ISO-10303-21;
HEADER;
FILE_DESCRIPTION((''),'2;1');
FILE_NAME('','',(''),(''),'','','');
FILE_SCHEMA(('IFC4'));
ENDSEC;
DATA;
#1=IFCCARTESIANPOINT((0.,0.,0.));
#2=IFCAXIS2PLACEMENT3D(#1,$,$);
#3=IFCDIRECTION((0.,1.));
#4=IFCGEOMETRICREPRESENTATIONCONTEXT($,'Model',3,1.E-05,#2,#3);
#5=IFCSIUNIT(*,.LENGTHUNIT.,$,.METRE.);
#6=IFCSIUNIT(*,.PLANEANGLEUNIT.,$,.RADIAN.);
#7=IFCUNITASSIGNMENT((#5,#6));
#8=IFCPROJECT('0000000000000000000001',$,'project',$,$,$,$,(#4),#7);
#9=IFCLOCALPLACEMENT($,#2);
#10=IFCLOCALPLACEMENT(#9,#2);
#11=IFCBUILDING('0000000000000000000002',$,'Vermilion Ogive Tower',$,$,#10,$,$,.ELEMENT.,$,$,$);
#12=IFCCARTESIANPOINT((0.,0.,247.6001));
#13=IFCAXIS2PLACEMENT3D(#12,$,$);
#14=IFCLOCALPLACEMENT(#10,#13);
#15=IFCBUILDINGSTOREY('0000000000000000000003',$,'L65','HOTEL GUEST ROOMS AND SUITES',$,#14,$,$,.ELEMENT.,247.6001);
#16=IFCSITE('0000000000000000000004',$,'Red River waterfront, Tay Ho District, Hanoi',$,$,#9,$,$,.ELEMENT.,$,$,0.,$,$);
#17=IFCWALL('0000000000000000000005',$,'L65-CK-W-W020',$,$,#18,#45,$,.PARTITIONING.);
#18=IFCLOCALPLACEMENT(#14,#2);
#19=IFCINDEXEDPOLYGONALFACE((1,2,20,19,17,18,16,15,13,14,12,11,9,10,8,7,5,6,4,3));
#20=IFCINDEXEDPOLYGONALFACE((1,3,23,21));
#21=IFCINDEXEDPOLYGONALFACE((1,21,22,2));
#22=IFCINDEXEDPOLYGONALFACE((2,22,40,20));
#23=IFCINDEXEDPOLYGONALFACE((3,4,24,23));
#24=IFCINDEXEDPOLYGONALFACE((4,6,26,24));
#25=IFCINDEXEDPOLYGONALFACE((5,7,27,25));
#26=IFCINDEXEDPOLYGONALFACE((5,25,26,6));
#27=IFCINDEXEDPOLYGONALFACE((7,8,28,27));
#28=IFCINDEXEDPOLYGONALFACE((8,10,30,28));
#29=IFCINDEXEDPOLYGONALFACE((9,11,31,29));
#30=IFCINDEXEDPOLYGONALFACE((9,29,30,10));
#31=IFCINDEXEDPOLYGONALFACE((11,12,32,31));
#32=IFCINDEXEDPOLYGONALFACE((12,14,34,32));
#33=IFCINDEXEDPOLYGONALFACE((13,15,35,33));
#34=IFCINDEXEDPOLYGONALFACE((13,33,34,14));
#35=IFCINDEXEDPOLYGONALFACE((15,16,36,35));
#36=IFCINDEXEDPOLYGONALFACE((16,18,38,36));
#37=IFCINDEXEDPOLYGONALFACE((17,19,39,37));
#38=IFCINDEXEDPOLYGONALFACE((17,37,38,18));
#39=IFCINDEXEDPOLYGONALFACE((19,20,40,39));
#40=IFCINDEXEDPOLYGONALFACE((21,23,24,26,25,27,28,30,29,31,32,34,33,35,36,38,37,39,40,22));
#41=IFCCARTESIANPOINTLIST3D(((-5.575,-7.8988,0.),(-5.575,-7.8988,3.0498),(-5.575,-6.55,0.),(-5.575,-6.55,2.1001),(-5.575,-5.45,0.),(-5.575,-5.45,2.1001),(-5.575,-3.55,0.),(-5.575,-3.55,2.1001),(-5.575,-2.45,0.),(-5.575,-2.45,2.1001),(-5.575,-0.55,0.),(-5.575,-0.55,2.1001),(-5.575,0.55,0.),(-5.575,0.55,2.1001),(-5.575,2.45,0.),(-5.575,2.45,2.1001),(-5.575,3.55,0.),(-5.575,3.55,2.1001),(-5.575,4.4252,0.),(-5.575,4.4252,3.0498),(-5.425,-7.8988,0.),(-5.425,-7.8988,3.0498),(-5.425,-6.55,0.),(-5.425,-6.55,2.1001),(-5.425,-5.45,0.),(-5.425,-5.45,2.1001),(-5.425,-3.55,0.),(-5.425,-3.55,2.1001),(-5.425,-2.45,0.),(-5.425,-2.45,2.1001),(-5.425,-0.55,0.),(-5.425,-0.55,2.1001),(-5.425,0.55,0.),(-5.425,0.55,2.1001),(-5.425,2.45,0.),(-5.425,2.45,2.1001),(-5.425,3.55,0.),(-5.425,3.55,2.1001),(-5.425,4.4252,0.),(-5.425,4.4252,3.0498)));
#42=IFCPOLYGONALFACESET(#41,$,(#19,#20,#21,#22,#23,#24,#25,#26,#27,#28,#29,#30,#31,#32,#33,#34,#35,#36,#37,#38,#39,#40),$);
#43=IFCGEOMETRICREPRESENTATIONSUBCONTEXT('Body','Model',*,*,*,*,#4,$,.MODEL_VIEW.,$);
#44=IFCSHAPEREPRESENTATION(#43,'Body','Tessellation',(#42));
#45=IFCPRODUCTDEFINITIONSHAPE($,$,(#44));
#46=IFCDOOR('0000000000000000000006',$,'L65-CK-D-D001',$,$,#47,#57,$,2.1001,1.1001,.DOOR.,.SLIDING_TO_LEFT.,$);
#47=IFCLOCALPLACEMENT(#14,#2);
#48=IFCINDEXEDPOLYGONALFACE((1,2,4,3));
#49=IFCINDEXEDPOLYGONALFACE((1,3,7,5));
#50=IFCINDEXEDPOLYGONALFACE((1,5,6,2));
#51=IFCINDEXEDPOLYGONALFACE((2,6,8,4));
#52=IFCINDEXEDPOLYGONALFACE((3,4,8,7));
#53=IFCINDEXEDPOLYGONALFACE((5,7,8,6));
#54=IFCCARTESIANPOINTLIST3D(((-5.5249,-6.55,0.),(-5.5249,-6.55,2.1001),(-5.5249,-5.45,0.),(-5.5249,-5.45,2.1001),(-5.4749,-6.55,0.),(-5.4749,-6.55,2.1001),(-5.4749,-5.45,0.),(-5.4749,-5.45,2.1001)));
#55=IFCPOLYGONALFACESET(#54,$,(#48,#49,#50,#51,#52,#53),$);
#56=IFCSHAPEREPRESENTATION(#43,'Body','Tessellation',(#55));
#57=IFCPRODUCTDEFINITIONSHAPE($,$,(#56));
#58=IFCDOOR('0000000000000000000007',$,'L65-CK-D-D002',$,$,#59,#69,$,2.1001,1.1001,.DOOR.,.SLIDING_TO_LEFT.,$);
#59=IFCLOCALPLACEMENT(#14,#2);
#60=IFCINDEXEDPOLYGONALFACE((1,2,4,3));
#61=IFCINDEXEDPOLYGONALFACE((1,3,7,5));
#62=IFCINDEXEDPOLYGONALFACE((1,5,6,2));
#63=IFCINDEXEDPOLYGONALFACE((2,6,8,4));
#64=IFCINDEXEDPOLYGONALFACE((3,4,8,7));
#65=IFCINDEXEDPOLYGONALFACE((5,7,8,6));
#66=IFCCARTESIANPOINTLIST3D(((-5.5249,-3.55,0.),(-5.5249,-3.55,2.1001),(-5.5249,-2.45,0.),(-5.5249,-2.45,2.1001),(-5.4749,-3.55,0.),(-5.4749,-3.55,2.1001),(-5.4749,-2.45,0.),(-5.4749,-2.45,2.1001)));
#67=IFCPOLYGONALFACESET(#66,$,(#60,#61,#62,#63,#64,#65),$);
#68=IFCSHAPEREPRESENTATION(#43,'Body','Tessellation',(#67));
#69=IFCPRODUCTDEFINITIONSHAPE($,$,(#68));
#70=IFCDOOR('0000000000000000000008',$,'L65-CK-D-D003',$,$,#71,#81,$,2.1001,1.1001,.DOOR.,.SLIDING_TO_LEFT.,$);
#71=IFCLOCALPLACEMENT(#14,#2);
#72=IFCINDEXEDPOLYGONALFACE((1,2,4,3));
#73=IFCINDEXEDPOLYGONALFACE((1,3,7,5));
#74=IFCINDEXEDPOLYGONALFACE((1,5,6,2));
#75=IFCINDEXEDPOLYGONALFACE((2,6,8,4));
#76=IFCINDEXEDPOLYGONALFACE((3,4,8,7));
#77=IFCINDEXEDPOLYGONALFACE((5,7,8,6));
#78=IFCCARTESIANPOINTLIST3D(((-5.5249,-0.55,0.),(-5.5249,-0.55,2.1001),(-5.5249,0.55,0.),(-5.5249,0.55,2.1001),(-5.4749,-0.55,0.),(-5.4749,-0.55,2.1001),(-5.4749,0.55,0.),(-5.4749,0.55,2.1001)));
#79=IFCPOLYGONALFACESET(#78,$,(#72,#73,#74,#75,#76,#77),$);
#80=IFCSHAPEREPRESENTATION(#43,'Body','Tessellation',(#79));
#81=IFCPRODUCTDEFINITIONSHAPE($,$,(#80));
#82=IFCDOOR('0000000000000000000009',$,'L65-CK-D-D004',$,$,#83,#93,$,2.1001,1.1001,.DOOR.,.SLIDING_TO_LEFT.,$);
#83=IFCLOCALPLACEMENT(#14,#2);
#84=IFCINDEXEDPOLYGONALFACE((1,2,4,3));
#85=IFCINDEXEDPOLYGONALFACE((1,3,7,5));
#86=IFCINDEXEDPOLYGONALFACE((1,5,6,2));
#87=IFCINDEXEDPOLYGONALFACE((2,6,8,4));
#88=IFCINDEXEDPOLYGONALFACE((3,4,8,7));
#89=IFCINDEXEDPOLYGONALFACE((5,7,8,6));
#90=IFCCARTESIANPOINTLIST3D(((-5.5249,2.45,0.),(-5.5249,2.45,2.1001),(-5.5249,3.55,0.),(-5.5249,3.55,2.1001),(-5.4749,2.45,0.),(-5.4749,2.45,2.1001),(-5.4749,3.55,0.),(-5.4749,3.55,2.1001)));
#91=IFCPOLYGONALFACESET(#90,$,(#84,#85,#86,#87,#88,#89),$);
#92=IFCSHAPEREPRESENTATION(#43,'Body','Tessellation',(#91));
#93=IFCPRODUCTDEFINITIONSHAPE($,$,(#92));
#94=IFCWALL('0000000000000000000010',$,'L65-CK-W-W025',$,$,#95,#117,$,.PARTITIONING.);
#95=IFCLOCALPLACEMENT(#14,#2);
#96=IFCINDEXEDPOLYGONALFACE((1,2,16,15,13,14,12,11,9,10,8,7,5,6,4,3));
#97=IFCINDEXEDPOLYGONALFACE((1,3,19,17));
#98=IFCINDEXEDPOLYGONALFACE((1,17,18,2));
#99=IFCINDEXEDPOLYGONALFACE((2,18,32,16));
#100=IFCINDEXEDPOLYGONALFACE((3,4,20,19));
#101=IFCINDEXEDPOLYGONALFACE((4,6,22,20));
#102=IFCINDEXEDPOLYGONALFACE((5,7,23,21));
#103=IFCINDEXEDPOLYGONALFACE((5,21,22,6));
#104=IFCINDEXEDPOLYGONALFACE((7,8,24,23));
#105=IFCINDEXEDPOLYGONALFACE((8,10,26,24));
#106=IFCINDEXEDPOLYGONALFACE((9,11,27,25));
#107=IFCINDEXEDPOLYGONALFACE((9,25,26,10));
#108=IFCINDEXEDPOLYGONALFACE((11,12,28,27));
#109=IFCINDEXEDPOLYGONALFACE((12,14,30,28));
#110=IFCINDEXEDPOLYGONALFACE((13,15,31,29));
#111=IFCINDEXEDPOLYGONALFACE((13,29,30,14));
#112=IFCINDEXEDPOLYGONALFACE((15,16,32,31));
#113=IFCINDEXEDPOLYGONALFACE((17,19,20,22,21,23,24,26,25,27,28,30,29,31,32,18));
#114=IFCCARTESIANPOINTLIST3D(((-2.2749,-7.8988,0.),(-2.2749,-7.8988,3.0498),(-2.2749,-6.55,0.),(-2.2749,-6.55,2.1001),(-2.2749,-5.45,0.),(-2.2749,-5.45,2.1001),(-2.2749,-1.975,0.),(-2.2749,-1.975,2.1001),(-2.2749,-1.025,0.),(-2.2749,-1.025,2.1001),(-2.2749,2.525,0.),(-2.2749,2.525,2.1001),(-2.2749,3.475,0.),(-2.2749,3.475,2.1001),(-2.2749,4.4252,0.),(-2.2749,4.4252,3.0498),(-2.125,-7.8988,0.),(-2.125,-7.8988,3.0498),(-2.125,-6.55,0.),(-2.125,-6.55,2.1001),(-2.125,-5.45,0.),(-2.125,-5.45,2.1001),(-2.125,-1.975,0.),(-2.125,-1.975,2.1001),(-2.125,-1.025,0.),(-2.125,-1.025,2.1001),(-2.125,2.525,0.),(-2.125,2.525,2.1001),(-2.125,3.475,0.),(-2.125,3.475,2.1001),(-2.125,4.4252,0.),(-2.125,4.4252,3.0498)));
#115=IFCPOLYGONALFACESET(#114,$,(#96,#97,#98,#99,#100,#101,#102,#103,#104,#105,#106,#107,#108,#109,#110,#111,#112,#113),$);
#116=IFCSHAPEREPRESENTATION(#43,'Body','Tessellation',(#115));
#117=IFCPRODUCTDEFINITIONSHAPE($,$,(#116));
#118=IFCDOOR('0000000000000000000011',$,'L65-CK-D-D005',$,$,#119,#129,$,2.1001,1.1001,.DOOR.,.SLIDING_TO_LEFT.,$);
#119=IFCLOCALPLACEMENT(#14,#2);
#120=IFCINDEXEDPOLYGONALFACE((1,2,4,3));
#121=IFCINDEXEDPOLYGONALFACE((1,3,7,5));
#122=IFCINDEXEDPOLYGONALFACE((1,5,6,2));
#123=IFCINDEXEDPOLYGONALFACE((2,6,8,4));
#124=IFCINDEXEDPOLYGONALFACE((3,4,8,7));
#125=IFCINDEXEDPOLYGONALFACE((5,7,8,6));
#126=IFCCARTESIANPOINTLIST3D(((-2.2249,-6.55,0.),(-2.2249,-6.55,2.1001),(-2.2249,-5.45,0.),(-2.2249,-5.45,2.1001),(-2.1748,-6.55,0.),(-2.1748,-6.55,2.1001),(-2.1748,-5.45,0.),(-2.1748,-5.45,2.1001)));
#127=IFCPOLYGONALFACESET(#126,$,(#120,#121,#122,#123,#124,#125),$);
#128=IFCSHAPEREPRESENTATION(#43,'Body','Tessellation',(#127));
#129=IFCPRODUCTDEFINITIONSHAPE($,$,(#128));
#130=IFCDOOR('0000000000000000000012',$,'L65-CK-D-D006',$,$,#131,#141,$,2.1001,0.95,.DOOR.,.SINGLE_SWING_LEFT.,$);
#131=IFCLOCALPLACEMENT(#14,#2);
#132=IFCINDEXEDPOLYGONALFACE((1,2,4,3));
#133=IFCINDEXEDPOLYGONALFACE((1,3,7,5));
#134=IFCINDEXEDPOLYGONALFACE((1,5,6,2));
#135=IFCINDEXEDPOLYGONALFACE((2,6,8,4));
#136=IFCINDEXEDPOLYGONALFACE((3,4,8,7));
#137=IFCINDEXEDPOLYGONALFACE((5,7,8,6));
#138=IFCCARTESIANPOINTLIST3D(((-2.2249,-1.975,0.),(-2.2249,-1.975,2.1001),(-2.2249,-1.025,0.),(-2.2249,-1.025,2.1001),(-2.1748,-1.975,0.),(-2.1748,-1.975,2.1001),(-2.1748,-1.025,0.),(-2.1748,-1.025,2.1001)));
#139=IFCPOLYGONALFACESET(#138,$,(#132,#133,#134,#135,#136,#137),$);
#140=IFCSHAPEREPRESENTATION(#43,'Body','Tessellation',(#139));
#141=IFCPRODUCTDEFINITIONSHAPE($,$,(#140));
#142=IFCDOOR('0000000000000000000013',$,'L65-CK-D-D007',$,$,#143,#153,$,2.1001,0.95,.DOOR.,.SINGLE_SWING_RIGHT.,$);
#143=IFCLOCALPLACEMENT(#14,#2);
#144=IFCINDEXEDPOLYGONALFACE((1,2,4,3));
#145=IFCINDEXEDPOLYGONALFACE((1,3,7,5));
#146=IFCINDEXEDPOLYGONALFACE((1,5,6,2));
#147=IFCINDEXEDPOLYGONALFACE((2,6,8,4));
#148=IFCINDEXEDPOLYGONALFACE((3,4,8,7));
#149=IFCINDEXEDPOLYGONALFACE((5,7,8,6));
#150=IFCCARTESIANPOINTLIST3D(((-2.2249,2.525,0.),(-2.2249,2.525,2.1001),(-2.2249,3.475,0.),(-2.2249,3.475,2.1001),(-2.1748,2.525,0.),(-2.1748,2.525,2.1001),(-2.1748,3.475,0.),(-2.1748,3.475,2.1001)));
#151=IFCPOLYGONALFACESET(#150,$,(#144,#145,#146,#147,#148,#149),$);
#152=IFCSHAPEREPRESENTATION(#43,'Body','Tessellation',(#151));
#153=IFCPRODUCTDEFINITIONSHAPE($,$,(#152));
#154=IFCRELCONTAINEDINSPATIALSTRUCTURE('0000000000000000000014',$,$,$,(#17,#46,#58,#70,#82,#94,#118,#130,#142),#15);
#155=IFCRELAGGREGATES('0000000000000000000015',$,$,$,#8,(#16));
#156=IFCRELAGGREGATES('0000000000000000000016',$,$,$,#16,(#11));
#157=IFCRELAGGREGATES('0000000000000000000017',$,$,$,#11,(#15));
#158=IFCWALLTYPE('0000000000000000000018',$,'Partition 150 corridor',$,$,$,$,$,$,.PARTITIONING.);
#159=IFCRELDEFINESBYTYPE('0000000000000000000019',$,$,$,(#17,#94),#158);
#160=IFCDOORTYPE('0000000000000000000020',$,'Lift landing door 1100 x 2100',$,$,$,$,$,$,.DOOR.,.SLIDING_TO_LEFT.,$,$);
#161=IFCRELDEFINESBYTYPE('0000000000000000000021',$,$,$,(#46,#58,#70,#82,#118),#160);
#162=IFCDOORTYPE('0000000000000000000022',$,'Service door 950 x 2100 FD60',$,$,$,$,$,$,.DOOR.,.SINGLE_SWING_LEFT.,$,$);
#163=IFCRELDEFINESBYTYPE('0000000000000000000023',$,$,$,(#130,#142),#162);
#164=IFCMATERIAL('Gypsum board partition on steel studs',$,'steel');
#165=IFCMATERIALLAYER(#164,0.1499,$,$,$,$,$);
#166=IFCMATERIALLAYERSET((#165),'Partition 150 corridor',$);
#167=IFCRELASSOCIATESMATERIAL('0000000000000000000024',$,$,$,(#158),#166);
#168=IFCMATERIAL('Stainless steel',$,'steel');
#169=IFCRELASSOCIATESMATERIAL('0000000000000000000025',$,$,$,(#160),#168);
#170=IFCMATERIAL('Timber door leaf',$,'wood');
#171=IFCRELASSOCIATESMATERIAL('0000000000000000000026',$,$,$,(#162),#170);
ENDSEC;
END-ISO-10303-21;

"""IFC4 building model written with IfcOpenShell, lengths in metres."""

from ifc_helpers import new_model, si_unit, direction, frame, frame_2d, origin, place, context, subcontext, project, spatial, rectangle, extrude, material, layer, layer_set, type_object, element, fill, save


model = new_model("IFC4")

# Units and contexts
model_context = context("Model", 3, precision=1e-05, world=origin(), true_north=direction((0.0, 1.0)))
body_context = subcontext(model_context, "Body", "Model", "MODEL_VIEW")
ifc_project = project(units=[si_unit("LENGTHUNIT", "METRE"), si_unit("PLANEANGLEUNIT", "RADIAN")], contexts=[model_context])

# Site, building, storey
site_placement = place(None, origin())
site = spatial("IfcSite", under=ifc_project, at=site_placement, Name="Red River waterfront, Tay Ho District, Hanoi", CompositionType="ELEMENT", RefElevation=0.0)
building_placement = place(site_placement, origin())
building = spatial("IfcBuilding", under=site, at=building_placement, Name="Vermilion Ogive Tower", CompositionType="ELEMENT")
storey_placement = place(building_placement, frame((0.0, 0.0, 247.6001)))
storey = spatial("IfcBuildingStorey", under=building, at=storey_placement, Name="L65", Description="HOTEL GUEST ROOMS AND SUITES", CompositionType="ELEMENT", Elevation=247.6001)

# Walls, openings, doors
ifc_material_1 = material(Name="Gypsum board partition on steel studs", Category="steel")
ifc_layer_1 = layer(ifc_material_1, 0.1499)
ifc_layer_set_1 = layer_set([ifc_layer_1], Name="Partition 150 corridor")
wall_type_1 = type_object("IfcWallType", Name="Partition 150 corridor", PredefinedType="PARTITIONING", material=ifc_layer_set_1)
wall_1_placement = place(storey_placement, frame((-5.5, -7.8989, 0.0), z_axis=(0.0, 0.0, 1.0), x_axis=(0.0, 1.0, 0.0)))
wall_1 = element("IfcWall", 1, at=wall_1_placement, inside=storey, type_object=wall_type_1, Name="L65-CK-W-W020", PredefinedType="PARTITIONING", context=body_context, shape_type="SweptSolid", body=[
    extrude(rectangle(XDim=12.324, YDim=0.1499, at=frame_2d((6.1621, 0.0))), origin(), (0.0, 0.0, 1.0), 3.0498),
])
opening_1_placement = place(wall_1_placement, frame((1.3489, 0.0, 0.0)))
opening_1 = element("IfcOpeningElement", 2, at=opening_1_placement, cuts=wall_1, PredefinedType="OPENING", context=body_context, shape_type="SweptSolid", body=[
    extrude(rectangle(XDim=1.1001, YDim=2.1001, at=frame_2d((0.55, 1.05))), frame((0.0, 0.085, 0.0), z_axis=(0.0, -1.0, 0.0), x_axis=(1.0, 0.0, 0.0)), (0.0, 0.0, 1.0), 0.1699),
])
opening_2_placement = place(wall_1_placement, frame((4.3489, 0.0, 0.0)))
opening_2 = element("IfcOpeningElement", 3, at=opening_2_placement, cuts=wall_1, PredefinedType="OPENING", context=body_context, shape_type="SweptSolid", body=[
    extrude(rectangle(XDim=1.1001, YDim=2.1001, at=frame_2d((0.55, 1.05))), frame((0.0, 0.085, 0.0), z_axis=(0.0, -1.0, 0.0), x_axis=(1.0, 0.0, 0.0)), (0.0, 0.0, 1.0), 0.1699),
])
opening_3_placement = place(wall_1_placement, frame((7.3489, 0.0, 0.0)))
opening_3 = element("IfcOpeningElement", 4, at=opening_3_placement, cuts=wall_1, PredefinedType="OPENING", context=body_context, shape_type="SweptSolid", body=[
    extrude(rectangle(XDim=1.1001, YDim=2.1001, at=frame_2d((0.55, 1.05))), frame((0.0, 0.085, 0.0), z_axis=(0.0, -1.0, 0.0), x_axis=(1.0, 0.0, 0.0)), (0.0, 0.0, 1.0), 0.1699),
])
opening_4_placement = place(wall_1_placement, frame((10.3489, 0.0, 0.0)))
opening_4 = element("IfcOpeningElement", 5, at=opening_4_placement, cuts=wall_1, PredefinedType="OPENING", context=body_context, shape_type="SweptSolid", body=[
    extrude(rectangle(XDim=1.1001, YDim=2.1001, at=frame_2d((0.55, 1.05))), frame((0.0, 0.085, 0.0), z_axis=(0.0, -1.0, 0.0), x_axis=(1.0, 0.0, 0.0)), (0.0, 0.0, 1.0), 0.1699),
])
ifc_material_2 = material(Name="Stainless steel", Category="steel")
door_type_1 = type_object("IfcDoorType", Name="Lift landing door 1100 x 2100", OperationType="SLIDING_TO_LEFT", PredefinedType="DOOR", material=ifc_material_2)
door_1_placement = place(opening_1_placement, origin())
door_1 = element("IfcDoor", 6, at=door_1_placement, inside=storey, type_object=door_type_1, Name="L65-CK-D-D001", OperationType="SLIDING_TO_LEFT", OverallHeight=2.1001, OverallWidth=1.1001, PredefinedType="DOOR", context=body_context, shape_type="SweptSolid", body=[
    extrude(rectangle(XDim=1.1001, YDim=2.1001, at=frame_2d((0.55, 1.05))), frame((0.0, 0.0249, 0.0), z_axis=(0.0, -1.0, 0.0), x_axis=(1.0, 0.0, 0.0)), (0.0, 0.0, 1.0), 0.05),
])
fill(opening_1, door_1)
door_2_placement = place(opening_2_placement, origin())
door_2 = element("IfcDoor", 7, at=door_2_placement, inside=storey, type_object=door_type_1, Name="L65-CK-D-D002", OperationType="SLIDING_TO_LEFT", OverallHeight=2.1001, OverallWidth=1.1001, PredefinedType="DOOR", context=body_context, shape_type="SweptSolid", body=[
    extrude(rectangle(XDim=1.1001, YDim=2.1001, at=frame_2d((0.55, 1.05))), frame((0.0, 0.0249, 0.0), z_axis=(0.0, -1.0, 0.0), x_axis=(1.0, 0.0, 0.0)), (0.0, 0.0, 1.0), 0.05),
])
fill(opening_2, door_2)
door_3_placement = place(opening_3_placement, origin())
door_3 = element("IfcDoor", 8, at=door_3_placement, inside=storey, type_object=door_type_1, Name="L65-CK-D-D003", OperationType="SLIDING_TO_LEFT", OverallHeight=2.1001, OverallWidth=1.1001, PredefinedType="DOOR", context=body_context, shape_type="SweptSolid", body=[
    extrude(rectangle(XDim=1.1001, YDim=2.1001, at=frame_2d((0.55, 1.05))), frame((0.0, 0.0249, 0.0), z_axis=(0.0, -1.0, 0.0), x_axis=(1.0, 0.0, 0.0)), (0.0, 0.0, 1.0), 0.05),
])
fill(opening_3, door_3)
door_4_placement = place(opening_4_placement, origin())
door_4 = element("IfcDoor", 9, at=door_4_placement, inside=storey, type_object=door_type_1, Name="L65-CK-D-D004", OperationType="SLIDING_TO_LEFT", OverallHeight=2.1001, OverallWidth=1.1001, PredefinedType="DOOR", context=body_context, shape_type="SweptSolid", body=[
    extrude(rectangle(XDim=1.1001, YDim=2.1001, at=frame_2d((0.55, 1.05))), frame((0.0, 0.0249, 0.0), z_axis=(0.0, -1.0, 0.0), x_axis=(1.0, 0.0, 0.0)), (0.0, 0.0, 1.0), 0.05),
])
fill(opening_4, door_4)
wall_2_placement = place(storey_placement, frame((-2.2, -7.8989, 0.0), z_axis=(0.0, 0.0, 1.0), x_axis=(0.0, 1.0, 0.0)))
wall_2 = element("IfcWall", 10, at=wall_2_placement, inside=storey, type_object=wall_type_1, Name="L65-CK-W-W025", PredefinedType="PARTITIONING", context=body_context, shape_type="SweptSolid", body=[
    extrude(rectangle(XDim=12.324, YDim=0.1499, at=frame_2d((6.1621, 0.0))), origin(), (0.0, 0.0, 1.0), 3.0498),
])
opening_5_placement = place(wall_2_placement, frame((1.3489, 0.0, 0.0)))
opening_5 = element("IfcOpeningElement", 11, at=opening_5_placement, cuts=wall_2, PredefinedType="OPENING", context=body_context, shape_type="SweptSolid", body=[
    extrude(rectangle(XDim=1.1001, YDim=2.1001, at=frame_2d((0.55, 1.05))), frame((0.0, 0.085, 0.0), z_axis=(0.0, -1.0, 0.0), x_axis=(1.0, 0.0, 0.0)), (0.0, 0.0, 1.0), 0.1699),
])
opening_6_placement = place(wall_2_placement, frame((5.9238, 0.0, 0.0)))
opening_6 = element("IfcOpeningElement", 12, at=opening_6_placement, cuts=wall_2, PredefinedType="OPENING", context=body_context, shape_type="SweptSolid", body=[
    extrude(rectangle(XDim=0.95, YDim=2.1001, at=frame_2d((0.4751, 1.05))), frame((0.0, 0.085, 0.0), z_axis=(0.0, -1.0, 0.0), x_axis=(1.0, 0.0, 0.0)), (0.0, 0.0, 1.0), 0.1699),
])
opening_7_placement = place(wall_2_placement, frame((10.4238, 0.0, 0.0)))
opening_7 = element("IfcOpeningElement", 13, at=opening_7_placement, cuts=wall_2, PredefinedType="OPENING", context=body_context, shape_type="SweptSolid", body=[
    extrude(rectangle(XDim=0.95, YDim=2.1001, at=frame_2d((0.4751, 1.05))), frame((0.0, 0.085, 0.0), z_axis=(0.0, -1.0, 0.0), x_axis=(1.0, 0.0, 0.0)), (0.0, 0.0, 1.0), 0.1699),
])
door_5_placement = place(opening_5_placement, origin())
door_5 = element("IfcDoor", 14, at=door_5_placement, inside=storey, type_object=door_type_1, Name="L65-CK-D-D005", OperationType="SLIDING_TO_LEFT", OverallHeight=2.1001, OverallWidth=1.1001, PredefinedType="DOOR", context=body_context, shape_type="SweptSolid", body=[
    extrude(rectangle(XDim=1.1001, YDim=2.1001, at=frame_2d((0.55, 1.05))), frame((0.0, 0.0249, 0.0), z_axis=(0.0, -1.0, 0.0), x_axis=(1.0, 0.0, 0.0)), (0.0, 0.0, 1.0), 0.05),
])
fill(opening_5, door_5)
ifc_material_3 = material(Name="Timber door leaf", Category="wood")
door_type_2 = type_object("IfcDoorType", Name="Service door 950 x 2100 FD60", OperationType="SINGLE_SWING_LEFT", PredefinedType="DOOR", material=ifc_material_3)
door_6_placement = place(opening_6_placement, origin())
door_6 = element("IfcDoor", 15, at=door_6_placement, inside=storey, type_object=door_type_2, Name="L65-CK-D-D006", OperationType="SINGLE_SWING_LEFT", OverallHeight=2.1001, OverallWidth=0.95, PredefinedType="DOOR", context=body_context, shape_type="SweptSolid", body=[
    extrude(rectangle(XDim=0.95, YDim=2.1001, at=frame_2d((0.4751, 1.05))), frame((0.0, 0.0249, 0.0), z_axis=(0.0, -1.0, 0.0), x_axis=(1.0, 0.0, 0.0)), (0.0, 0.0, 1.0), 0.05),
])
fill(opening_6, door_6)
door_7_placement = place(opening_7_placement, origin())
door_7 = element("IfcDoor", 16, at=door_7_placement, inside=storey, type_object=door_type_2, Name="L65-CK-D-D007", OperationType="SINGLE_SWING_RIGHT", OverallHeight=2.1001, OverallWidth=0.95, PredefinedType="DOOR", context=body_context, shape_type="SweptSolid", body=[
    extrude(rectangle(XDim=0.95, YDim=2.1001, at=frame_2d((0.4751, 1.05))), frame((0.0, 0.0249, 0.0), z_axis=(0.0, -1.0, 0.0), x_axis=(1.0, 0.0, 0.0)), (0.0, 0.0, 1.0), 0.05),
])
fill(opening_7, door_7)

save(model, "model.ifc")
